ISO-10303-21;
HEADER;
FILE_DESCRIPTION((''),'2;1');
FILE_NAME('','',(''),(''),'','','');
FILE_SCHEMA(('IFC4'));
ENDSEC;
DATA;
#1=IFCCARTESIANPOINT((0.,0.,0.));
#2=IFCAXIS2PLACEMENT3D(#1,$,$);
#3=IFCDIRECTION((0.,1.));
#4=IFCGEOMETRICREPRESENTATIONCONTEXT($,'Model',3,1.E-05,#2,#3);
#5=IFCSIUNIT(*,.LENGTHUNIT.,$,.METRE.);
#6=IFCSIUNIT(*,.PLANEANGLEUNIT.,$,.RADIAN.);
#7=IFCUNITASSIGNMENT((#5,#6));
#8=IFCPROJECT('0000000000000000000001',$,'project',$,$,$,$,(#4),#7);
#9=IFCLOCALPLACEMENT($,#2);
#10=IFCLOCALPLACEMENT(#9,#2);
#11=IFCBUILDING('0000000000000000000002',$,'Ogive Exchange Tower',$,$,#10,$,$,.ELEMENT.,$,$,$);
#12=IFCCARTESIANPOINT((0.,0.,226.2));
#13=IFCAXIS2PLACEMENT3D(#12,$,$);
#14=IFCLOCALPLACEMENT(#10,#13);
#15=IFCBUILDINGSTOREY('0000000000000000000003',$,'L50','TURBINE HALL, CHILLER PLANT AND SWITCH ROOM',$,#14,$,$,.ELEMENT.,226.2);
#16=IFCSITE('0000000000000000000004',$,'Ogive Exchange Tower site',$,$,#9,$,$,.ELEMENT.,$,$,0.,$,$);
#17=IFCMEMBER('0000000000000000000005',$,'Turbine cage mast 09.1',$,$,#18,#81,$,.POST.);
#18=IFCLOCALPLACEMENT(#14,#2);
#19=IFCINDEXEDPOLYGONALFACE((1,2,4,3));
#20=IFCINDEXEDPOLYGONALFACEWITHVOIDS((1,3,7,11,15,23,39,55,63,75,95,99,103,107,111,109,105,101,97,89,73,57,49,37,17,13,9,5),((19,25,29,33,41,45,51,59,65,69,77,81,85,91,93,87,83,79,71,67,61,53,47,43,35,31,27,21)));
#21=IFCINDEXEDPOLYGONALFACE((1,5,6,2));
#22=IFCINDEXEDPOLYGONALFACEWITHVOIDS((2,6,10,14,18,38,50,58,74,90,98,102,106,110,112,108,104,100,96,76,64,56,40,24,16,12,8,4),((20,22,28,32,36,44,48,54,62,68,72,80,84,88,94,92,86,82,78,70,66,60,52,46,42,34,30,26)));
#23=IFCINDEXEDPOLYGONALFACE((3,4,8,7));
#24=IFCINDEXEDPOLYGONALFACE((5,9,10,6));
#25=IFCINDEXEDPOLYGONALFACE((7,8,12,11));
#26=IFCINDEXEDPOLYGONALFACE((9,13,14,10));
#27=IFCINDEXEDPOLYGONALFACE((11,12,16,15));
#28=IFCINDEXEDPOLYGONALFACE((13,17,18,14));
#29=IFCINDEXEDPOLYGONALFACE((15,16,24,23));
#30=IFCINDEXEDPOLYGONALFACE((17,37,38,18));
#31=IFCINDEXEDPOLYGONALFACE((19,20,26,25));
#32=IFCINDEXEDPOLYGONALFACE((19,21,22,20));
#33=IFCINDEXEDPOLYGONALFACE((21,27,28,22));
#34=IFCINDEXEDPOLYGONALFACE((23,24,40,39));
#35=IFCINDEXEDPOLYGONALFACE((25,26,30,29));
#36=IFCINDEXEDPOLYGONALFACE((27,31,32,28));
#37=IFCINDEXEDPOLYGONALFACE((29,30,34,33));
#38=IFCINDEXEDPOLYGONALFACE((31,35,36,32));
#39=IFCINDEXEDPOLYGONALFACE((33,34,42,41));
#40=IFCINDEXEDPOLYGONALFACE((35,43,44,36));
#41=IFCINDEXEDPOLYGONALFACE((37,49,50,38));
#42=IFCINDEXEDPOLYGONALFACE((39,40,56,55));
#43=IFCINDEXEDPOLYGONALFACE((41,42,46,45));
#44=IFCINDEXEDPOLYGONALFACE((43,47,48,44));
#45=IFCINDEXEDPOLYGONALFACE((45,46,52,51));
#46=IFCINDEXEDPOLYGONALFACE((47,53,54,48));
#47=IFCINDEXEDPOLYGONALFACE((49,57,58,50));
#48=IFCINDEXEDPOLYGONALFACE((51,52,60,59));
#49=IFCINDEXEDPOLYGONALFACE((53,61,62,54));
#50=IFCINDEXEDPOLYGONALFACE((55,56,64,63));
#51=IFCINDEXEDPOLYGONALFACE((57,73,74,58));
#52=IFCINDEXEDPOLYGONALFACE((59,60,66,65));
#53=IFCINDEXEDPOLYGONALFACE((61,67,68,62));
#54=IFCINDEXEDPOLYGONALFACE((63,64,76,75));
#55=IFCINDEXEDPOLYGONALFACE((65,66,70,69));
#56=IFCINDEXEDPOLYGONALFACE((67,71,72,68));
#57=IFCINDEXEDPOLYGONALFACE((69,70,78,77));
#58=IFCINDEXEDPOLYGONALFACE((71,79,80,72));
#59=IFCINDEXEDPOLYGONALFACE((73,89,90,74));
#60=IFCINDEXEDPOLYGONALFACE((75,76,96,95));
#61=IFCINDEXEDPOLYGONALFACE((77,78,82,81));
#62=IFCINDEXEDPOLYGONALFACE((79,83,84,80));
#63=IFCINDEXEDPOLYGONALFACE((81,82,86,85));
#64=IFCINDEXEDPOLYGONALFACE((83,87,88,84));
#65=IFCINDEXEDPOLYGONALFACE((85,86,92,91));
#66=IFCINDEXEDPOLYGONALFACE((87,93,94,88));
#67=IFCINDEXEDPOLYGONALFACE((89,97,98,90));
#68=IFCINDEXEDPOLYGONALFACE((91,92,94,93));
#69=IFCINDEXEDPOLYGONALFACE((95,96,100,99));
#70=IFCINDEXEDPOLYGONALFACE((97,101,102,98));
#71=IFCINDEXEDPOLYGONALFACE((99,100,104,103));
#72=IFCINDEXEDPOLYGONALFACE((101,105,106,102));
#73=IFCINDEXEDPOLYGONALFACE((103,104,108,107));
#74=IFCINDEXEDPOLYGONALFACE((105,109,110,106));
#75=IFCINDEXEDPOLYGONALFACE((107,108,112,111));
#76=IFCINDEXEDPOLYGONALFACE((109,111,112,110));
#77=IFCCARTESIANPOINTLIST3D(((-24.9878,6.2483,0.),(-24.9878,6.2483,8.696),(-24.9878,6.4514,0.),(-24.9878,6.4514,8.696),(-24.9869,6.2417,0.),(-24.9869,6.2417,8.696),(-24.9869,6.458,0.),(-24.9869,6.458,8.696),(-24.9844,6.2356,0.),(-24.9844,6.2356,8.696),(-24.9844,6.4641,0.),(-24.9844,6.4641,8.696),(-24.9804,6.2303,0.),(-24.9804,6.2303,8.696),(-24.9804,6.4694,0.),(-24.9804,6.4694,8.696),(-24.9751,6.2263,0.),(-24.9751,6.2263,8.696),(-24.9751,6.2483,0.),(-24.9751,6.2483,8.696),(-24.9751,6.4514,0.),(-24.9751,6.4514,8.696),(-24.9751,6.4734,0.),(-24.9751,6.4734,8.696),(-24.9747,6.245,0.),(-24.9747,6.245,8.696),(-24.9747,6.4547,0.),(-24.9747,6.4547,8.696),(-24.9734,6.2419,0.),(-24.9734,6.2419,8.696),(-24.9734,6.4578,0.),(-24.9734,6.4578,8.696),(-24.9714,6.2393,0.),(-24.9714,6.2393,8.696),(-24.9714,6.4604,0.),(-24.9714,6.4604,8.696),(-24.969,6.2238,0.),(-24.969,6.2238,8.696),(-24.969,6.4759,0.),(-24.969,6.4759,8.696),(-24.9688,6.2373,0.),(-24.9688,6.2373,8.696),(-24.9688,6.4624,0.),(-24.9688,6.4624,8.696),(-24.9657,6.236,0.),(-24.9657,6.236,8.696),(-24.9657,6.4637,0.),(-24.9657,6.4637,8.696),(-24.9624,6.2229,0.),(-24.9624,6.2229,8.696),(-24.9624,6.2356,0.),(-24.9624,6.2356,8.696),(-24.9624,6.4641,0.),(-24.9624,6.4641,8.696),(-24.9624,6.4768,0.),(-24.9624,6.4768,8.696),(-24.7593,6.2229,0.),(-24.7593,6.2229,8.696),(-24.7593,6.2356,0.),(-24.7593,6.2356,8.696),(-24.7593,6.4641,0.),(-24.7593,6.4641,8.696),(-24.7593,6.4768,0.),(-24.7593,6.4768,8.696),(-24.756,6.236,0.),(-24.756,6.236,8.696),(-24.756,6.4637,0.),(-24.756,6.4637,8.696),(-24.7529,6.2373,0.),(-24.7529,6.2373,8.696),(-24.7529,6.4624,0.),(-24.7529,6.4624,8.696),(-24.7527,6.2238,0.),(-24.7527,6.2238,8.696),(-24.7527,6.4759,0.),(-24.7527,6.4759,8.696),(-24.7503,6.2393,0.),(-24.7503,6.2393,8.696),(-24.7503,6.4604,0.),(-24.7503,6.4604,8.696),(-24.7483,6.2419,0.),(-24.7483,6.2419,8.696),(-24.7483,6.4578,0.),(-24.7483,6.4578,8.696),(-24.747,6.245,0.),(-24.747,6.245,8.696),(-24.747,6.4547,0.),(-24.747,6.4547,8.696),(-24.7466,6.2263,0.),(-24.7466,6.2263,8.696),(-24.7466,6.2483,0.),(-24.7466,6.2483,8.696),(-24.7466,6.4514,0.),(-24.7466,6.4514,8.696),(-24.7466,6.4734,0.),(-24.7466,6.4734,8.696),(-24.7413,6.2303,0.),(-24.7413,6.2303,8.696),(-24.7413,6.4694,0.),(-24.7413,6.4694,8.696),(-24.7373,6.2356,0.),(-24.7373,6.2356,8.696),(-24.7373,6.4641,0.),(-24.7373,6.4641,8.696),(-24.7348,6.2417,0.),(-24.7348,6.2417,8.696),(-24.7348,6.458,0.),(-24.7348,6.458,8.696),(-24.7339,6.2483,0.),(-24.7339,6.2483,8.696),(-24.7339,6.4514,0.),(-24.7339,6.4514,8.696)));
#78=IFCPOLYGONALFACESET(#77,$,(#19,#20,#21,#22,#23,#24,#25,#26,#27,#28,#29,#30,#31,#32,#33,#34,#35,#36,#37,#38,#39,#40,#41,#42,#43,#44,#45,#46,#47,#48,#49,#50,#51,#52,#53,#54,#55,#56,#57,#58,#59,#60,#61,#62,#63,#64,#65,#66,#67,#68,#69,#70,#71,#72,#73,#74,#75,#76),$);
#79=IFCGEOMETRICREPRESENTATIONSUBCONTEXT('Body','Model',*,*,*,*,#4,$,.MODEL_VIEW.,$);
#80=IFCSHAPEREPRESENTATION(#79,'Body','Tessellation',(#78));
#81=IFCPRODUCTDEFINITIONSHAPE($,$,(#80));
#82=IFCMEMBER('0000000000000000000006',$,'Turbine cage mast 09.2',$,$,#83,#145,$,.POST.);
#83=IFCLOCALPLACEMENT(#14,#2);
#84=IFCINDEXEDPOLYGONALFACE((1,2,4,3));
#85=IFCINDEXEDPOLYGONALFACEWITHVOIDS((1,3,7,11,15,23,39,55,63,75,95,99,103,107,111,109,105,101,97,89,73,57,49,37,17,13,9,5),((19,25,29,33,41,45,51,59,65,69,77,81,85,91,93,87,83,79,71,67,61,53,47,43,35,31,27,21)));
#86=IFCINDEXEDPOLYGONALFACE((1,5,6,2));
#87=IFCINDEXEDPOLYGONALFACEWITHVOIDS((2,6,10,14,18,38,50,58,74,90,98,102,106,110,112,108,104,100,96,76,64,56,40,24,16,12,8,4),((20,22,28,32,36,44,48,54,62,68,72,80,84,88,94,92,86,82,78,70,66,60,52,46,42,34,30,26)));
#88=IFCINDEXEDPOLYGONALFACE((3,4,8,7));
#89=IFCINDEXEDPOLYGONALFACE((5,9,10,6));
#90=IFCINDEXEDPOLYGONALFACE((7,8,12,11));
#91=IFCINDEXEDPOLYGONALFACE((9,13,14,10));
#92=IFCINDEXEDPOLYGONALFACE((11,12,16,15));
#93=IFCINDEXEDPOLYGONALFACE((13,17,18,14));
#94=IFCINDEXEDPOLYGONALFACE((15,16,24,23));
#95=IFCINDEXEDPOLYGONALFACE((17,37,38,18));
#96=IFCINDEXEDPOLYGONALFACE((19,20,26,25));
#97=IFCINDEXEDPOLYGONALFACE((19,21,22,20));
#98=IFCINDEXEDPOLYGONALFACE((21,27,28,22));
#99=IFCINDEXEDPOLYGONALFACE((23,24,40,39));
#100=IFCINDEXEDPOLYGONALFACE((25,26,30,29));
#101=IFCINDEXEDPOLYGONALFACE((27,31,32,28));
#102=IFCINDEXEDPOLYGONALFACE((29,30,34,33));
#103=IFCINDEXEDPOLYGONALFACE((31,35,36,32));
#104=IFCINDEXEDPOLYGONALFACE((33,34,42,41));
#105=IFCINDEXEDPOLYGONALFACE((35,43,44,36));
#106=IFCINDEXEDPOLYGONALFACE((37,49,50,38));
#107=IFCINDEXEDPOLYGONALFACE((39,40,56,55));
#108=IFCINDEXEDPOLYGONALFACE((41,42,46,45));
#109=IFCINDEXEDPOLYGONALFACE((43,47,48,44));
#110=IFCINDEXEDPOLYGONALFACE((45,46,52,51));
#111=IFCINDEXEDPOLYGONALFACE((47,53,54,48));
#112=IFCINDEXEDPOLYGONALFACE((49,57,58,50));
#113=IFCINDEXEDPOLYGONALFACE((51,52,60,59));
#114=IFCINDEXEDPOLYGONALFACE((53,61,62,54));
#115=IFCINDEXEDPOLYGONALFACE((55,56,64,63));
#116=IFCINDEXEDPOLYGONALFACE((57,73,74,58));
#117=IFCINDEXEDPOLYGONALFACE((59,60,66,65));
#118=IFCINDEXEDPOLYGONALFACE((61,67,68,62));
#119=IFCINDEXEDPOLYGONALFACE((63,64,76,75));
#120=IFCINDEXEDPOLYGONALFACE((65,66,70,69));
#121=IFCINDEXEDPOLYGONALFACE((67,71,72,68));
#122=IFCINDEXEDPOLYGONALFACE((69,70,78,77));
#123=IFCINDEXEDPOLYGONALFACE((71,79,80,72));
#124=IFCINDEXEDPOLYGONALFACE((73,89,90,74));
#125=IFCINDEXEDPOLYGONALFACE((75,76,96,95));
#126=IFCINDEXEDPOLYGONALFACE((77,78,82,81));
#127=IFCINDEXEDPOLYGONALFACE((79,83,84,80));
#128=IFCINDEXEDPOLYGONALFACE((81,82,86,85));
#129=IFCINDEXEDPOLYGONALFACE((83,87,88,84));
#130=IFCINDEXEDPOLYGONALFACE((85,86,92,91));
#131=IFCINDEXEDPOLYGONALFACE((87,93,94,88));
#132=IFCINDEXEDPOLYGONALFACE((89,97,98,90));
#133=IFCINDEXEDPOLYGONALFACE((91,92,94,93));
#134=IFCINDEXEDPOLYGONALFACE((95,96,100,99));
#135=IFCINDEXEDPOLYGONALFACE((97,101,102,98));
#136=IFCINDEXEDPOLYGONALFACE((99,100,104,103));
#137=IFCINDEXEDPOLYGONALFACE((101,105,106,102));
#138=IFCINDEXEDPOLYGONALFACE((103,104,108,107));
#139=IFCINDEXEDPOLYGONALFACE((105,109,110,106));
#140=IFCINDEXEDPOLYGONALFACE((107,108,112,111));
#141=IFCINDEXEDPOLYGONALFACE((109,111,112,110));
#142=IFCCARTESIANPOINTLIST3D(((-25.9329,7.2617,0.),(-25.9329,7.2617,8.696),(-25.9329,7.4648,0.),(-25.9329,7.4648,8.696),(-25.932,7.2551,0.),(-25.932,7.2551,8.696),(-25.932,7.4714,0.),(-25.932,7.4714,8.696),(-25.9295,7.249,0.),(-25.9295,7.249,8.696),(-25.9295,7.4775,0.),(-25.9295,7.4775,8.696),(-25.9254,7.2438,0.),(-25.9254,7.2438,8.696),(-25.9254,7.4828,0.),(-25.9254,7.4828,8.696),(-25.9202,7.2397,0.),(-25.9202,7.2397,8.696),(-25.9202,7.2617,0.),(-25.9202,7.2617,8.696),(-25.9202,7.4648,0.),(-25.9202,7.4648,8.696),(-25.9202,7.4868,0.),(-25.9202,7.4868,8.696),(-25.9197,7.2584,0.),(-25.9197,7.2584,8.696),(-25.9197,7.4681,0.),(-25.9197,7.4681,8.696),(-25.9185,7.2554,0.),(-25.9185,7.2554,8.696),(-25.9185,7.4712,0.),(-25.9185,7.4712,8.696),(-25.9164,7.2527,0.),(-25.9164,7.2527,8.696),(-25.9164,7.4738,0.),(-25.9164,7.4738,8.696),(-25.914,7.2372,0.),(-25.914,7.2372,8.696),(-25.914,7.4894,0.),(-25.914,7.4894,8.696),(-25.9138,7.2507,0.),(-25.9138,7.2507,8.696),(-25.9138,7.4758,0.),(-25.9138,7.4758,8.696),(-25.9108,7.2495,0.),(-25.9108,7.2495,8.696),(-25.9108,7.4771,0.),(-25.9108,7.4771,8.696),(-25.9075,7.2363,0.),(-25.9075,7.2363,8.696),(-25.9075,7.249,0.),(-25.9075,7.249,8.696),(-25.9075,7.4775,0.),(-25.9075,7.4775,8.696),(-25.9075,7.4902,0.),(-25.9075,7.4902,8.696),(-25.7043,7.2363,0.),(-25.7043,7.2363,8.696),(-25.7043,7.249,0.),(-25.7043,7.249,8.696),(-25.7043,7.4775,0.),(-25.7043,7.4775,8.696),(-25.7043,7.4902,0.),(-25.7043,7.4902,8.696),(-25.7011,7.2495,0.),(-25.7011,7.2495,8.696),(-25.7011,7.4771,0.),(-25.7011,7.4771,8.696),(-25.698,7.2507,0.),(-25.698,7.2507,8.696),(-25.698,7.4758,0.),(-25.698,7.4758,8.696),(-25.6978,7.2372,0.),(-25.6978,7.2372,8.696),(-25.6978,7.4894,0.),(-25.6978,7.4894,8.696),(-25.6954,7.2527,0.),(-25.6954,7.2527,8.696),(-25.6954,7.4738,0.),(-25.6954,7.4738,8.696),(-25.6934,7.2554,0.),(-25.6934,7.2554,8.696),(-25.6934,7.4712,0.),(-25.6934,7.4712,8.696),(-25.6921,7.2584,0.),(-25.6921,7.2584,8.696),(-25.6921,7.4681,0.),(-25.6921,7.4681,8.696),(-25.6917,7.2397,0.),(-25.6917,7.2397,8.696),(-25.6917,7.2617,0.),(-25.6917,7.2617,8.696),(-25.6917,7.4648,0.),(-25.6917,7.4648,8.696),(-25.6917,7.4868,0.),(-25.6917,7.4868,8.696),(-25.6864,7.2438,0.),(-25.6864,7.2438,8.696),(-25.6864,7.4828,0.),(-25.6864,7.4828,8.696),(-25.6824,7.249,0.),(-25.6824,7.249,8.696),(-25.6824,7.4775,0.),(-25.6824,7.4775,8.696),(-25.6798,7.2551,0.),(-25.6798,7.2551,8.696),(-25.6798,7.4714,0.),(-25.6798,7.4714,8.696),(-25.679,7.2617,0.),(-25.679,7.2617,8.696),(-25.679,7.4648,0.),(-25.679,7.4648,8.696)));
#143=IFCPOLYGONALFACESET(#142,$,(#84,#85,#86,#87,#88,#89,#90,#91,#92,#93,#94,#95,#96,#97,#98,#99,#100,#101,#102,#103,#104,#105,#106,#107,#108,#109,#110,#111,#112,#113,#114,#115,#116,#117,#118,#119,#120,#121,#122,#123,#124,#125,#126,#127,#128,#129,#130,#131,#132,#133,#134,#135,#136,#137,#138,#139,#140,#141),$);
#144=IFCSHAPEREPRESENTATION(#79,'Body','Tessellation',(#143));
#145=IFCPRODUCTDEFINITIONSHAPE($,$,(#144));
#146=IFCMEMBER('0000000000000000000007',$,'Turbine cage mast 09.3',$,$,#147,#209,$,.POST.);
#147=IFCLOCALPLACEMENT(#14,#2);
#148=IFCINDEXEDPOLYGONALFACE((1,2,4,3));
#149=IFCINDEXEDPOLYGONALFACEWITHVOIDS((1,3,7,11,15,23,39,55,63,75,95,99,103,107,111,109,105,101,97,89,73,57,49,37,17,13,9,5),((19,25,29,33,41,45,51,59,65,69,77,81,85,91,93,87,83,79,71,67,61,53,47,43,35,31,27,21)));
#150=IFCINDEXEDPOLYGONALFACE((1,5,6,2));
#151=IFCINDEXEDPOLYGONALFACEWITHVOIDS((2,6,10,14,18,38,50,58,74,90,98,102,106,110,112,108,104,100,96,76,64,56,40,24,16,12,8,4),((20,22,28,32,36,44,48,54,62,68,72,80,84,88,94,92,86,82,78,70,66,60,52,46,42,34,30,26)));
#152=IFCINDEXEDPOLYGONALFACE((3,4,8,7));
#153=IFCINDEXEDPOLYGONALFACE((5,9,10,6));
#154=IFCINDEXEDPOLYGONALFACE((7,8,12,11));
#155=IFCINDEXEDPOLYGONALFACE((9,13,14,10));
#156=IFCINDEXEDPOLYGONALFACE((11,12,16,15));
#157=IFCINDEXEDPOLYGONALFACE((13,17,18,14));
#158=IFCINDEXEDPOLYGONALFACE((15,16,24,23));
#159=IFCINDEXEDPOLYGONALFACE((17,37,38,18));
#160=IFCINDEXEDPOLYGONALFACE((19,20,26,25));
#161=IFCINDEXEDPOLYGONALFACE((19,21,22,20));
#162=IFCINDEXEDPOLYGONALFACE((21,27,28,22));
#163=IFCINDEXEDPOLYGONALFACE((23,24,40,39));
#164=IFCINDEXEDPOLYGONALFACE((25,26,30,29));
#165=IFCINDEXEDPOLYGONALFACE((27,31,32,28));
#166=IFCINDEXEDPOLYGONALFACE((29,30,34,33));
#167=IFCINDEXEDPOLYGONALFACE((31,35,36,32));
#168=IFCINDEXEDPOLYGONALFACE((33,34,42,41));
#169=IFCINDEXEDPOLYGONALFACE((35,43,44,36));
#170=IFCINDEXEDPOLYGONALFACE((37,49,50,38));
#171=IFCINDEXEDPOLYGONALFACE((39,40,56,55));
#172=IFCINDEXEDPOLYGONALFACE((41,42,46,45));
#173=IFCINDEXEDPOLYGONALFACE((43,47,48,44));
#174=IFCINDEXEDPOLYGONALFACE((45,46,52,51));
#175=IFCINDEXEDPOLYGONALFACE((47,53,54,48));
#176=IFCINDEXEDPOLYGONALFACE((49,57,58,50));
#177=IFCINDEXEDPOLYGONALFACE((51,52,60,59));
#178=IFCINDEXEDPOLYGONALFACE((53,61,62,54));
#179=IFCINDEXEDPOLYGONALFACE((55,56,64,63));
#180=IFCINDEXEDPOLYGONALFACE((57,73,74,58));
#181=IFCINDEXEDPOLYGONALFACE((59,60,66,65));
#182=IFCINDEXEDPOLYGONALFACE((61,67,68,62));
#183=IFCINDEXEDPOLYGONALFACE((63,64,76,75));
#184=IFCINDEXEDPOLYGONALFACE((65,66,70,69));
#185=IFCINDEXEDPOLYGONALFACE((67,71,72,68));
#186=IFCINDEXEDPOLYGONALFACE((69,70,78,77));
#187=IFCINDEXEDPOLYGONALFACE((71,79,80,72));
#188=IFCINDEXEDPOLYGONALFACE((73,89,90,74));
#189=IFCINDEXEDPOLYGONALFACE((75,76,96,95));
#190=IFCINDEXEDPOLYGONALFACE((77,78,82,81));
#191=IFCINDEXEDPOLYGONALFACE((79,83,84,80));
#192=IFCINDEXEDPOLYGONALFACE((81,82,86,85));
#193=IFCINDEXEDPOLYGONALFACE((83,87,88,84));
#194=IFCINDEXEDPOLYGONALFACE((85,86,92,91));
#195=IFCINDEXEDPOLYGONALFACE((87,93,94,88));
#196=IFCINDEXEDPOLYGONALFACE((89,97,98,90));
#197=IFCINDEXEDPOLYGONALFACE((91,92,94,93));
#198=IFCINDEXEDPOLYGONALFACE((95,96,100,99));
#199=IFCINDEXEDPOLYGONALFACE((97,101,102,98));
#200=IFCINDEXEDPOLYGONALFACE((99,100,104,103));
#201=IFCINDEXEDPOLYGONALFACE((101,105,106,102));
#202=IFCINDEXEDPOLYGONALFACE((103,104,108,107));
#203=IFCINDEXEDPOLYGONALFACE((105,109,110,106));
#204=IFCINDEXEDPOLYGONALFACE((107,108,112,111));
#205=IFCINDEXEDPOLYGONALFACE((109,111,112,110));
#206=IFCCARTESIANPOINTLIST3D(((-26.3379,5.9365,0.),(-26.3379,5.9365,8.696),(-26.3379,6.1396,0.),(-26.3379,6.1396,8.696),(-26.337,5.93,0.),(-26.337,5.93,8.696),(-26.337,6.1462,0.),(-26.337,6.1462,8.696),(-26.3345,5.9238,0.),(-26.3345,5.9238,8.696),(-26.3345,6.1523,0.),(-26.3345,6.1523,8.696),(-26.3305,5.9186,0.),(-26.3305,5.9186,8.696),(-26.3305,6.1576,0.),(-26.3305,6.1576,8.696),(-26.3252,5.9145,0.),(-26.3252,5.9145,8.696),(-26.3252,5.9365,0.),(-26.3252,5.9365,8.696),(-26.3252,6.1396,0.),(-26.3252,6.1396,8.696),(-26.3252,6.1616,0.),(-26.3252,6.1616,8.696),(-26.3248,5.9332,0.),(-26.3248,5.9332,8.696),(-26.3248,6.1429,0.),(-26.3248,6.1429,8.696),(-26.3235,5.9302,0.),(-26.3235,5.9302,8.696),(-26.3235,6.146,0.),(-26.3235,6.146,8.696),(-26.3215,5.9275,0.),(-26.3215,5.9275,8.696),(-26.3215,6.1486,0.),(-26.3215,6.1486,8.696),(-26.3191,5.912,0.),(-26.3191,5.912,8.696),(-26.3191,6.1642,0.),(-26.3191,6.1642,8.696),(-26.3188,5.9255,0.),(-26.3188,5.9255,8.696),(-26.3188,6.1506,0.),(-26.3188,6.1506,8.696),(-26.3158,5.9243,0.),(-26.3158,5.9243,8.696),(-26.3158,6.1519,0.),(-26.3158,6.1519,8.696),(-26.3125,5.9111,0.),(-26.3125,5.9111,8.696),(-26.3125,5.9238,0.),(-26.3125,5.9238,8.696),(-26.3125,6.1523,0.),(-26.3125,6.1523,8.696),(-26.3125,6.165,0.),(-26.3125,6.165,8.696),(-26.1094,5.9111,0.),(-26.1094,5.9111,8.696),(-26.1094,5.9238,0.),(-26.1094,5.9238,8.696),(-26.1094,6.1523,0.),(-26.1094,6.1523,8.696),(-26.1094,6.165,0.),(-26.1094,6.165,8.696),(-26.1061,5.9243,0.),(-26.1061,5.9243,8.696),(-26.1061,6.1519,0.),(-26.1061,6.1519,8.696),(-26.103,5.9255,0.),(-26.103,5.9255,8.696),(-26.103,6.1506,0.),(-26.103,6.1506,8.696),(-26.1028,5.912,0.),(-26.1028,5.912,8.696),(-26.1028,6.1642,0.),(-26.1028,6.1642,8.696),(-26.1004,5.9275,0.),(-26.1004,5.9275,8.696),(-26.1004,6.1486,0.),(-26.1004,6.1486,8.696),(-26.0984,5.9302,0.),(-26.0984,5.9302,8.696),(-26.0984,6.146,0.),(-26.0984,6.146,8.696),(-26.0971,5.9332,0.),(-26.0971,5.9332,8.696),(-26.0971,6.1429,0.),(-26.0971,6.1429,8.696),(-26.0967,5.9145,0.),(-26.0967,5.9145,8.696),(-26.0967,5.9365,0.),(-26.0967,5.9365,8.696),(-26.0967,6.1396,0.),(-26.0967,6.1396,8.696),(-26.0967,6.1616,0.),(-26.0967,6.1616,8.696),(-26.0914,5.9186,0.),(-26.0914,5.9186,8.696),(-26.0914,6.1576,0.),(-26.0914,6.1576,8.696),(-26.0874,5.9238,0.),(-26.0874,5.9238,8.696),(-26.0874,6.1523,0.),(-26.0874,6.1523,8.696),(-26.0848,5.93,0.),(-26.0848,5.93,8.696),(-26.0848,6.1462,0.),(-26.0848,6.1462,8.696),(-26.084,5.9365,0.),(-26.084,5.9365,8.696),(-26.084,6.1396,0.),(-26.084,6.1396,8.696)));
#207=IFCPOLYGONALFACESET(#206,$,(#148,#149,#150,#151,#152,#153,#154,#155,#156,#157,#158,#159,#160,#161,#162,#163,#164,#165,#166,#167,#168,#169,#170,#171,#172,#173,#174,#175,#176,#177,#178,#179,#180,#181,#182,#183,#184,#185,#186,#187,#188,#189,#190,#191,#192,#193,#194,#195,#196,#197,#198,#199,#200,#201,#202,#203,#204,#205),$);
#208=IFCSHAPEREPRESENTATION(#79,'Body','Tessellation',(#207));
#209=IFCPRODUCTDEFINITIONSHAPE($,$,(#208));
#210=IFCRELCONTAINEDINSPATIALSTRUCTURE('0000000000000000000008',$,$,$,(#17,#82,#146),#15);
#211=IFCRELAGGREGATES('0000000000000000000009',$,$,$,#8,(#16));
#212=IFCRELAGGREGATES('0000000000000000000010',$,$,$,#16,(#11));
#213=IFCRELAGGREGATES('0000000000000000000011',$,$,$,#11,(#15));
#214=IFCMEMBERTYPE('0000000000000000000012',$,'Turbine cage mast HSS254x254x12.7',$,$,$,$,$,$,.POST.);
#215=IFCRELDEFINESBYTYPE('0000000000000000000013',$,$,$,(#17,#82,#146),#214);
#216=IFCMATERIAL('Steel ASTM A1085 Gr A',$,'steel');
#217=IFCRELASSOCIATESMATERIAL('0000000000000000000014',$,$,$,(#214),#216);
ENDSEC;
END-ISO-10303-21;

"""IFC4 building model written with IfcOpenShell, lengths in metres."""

from ifc_helpers import new_model, si_unit, direction, frame, origin, origin_2d, place, context, subcontext, project, spatial, hollow_rectangle, extrude, material, material_profile, profile_set, type_object, element, save


model = new_model("IFC4")

# Units and contexts
model_context = context("Model", 3, precision=1e-05, world=origin(), true_north=direction((0.0, 1.0)))
body_context = subcontext(model_context, "Body", "Model", "MODEL_VIEW")
ifc_project = project(units=[si_unit("LENGTHUNIT", "METRE"), si_unit("PLANEANGLEUNIT", "RADIAN")], contexts=[model_context])

# Site, building, storey
site_placement = place(None, origin())
site = spatial("IfcSite", under=ifc_project, at=site_placement, Name="Ogive Exchange Tower site", CompositionType="ELEMENT", RefElevation=0.0)
building_placement = place(site_placement, origin())
building = spatial("IfcBuilding", under=site, at=building_placement, Name="Ogive Exchange Tower", CompositionType="ELEMENT")
storey_placement = place(building_placement, frame((0.0, 0.0, 226.2)))
storey = spatial("IfcBuildingStorey", under=building, at=storey_placement, Name="L50", Description="TURBINE HALL, CHILLER PLANT AND SWITCH ROOM", CompositionType="ELEMENT", Elevation=226.2)

# Shared definitions
ifc_material_1 = material(Name="Steel ASTM A1085 Gr A", Category="steel")

# Members
ifc_material_profile_1 = material_profile(ifc_material_1, hollow_rectangle(XDim=0.2539, YDim=0.2539, WallThickness=0.0127, InnerFilletRadius=0.0127, OuterFilletRadius=0.0254, at=origin_2d()), Name="HSS254x254x12.7")
ifc_profile_set_1 = profile_set([ifc_material_profile_1], Name="Steel ASTM A1085 Gr A")
member_type_1 = type_object("IfcMemberType", Name="Turbine cage mast HSS254x254x12.7", PredefinedType="POST", material=ifc_profile_set_1)
for number, where, z_axis, x_axis, name in (
    (1, (-24.8608, 6.3499, 0.0), (0.0, 0.0, 1.0), (1.0, 0.0, 0.0), "Turbine cage mast 09.1"),
    (2, (-25.8059, 7.3633, 0.0), (0.0, 0.0, 1.0), (1.0, 0.0, 0.0), "Turbine cage mast 09.2"),
    (3, (-26.2109, 6.0381, 0.0), (0.0, 0.0, 1.0), (1.0, 0.0, 0.0), "Turbine cage mast 09.3"),
):
    element("IfcMember", number, at=place(storey_placement, frame(where, z_axis=z_axis, x_axis=x_axis)), inside=storey, type_object=member_type_1, Name=name, PredefinedType="POST", context=body_context, shape_type="SweptSolid", body=[
        extrude(hollow_rectangle(XDim=0.2539, YDim=0.2539, WallThickness=0.0127, InnerFilletRadius=0.0127, OuterFilletRadius=0.0254, at=origin_2d()), origin(), (0.0, 0.0, 1.0), 8.696),
    ])

save(model, "model.ifc")
